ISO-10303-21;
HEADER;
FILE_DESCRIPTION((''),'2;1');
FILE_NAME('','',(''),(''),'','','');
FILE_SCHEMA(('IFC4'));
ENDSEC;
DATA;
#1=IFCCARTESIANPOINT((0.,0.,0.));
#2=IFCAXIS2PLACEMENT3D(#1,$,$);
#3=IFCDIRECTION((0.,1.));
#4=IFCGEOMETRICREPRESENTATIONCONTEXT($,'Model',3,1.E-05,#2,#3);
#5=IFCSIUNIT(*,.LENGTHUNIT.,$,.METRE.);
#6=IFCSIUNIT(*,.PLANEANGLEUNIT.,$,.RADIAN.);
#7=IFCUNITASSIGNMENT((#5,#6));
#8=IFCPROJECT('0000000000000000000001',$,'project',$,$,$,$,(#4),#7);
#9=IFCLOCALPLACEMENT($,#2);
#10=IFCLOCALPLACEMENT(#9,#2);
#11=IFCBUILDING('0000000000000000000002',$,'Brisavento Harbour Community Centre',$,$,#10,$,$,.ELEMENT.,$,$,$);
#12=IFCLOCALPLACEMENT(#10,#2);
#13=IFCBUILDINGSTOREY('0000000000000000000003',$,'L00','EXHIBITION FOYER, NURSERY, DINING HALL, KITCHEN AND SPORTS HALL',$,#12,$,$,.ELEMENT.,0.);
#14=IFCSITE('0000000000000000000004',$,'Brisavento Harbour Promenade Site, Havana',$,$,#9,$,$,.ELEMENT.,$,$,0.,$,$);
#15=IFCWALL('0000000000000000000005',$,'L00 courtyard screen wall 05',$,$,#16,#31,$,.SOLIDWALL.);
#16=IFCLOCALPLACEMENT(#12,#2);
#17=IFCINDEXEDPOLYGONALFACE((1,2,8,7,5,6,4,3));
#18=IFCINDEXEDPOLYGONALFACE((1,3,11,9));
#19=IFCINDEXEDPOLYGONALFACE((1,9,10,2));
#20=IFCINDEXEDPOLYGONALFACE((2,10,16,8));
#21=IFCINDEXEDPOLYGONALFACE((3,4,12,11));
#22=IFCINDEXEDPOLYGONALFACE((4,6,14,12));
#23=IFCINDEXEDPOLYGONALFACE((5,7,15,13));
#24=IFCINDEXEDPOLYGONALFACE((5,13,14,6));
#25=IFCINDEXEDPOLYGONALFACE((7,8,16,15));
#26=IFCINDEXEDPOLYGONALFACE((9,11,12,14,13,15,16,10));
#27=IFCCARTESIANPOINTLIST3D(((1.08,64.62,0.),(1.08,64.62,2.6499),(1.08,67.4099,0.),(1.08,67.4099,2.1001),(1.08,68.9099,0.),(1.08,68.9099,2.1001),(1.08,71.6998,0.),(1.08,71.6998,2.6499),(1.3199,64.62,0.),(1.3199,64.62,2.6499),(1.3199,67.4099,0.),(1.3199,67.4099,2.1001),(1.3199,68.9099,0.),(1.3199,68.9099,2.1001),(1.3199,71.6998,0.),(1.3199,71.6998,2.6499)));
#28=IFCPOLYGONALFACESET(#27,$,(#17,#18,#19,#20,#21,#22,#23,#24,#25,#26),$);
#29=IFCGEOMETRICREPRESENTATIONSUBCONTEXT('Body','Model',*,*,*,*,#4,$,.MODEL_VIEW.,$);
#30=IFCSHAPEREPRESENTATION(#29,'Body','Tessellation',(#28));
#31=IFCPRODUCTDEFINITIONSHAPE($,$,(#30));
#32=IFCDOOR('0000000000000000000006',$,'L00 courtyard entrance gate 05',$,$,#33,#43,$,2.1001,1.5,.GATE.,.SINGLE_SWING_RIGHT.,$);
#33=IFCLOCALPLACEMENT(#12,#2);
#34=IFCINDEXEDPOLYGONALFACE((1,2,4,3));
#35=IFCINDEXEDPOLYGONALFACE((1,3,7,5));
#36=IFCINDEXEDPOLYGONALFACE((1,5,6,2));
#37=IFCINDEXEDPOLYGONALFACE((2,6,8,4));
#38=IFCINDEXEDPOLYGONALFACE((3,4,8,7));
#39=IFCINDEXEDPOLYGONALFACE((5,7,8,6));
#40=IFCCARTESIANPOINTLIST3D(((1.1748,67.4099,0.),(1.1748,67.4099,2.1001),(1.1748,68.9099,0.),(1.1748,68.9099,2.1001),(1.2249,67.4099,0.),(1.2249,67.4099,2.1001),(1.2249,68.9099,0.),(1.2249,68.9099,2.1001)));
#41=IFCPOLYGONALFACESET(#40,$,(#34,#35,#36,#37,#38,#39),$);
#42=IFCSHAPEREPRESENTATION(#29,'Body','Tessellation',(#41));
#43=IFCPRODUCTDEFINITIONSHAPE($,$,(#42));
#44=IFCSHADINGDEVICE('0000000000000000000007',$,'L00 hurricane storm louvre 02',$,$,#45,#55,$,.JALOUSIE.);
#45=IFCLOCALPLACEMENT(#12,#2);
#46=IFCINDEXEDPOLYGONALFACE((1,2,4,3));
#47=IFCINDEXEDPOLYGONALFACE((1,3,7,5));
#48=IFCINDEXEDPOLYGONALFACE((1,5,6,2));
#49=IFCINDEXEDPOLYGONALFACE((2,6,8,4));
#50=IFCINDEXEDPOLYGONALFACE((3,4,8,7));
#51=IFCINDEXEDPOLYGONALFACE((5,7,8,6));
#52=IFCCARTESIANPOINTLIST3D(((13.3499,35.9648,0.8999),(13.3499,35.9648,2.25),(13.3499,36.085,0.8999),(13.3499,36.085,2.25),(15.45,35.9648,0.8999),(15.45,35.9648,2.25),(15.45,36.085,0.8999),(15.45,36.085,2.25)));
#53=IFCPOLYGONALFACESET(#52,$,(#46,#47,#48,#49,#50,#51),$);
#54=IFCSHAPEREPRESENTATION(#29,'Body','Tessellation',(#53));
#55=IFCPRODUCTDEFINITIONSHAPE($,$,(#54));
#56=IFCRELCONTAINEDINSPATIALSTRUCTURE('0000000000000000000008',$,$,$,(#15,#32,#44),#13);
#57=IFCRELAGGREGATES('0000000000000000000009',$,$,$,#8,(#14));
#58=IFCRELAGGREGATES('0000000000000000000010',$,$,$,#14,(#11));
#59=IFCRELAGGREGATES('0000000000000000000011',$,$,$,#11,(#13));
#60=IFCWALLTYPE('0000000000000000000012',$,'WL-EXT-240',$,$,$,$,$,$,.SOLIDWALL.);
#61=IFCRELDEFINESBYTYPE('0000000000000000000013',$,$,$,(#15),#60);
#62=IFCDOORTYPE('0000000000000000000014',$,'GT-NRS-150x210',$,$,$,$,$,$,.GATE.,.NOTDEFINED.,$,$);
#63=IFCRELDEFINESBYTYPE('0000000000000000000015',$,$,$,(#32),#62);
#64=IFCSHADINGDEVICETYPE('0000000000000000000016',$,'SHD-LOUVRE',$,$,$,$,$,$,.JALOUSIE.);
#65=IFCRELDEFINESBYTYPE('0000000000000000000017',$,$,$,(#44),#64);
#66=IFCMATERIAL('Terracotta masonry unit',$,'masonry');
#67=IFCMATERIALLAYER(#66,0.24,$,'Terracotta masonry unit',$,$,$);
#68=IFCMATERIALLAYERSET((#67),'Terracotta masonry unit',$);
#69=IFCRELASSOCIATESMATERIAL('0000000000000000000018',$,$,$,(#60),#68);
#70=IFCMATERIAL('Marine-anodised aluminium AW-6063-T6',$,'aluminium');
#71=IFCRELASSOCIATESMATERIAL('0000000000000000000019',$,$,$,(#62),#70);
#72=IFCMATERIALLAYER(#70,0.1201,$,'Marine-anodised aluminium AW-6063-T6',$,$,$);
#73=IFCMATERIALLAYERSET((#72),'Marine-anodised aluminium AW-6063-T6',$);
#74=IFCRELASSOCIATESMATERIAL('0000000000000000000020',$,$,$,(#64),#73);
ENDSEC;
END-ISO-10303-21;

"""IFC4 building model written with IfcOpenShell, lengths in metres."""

from ifc_helpers import new_model, si_unit, direction, frame, frame_2d, origin, origin_2d, place, context, subcontext, project, spatial, rectangle, extrude, material, layer, layer_set, type_object, element, fill, save


model = new_model("IFC4")

# Units and contexts
model_context = context("Model", 3, precision=1e-05, world=origin(), true_north=direction((0.0, 1.0)))
body_context = subcontext(model_context, "Body", "Model", "MODEL_VIEW")
ifc_project = project(units=[si_unit("LENGTHUNIT", "METRE"), si_unit("PLANEANGLEUNIT", "RADIAN")], contexts=[model_context])

# Site, building, storey
site_placement = place(None, origin())
site = spatial("IfcSite", under=ifc_project, at=site_placement, Name="Brisavento Harbour Promenade Site, Havana", CompositionType="ELEMENT", RefElevation=0.0)
building_placement = place(site_placement, origin())
building = spatial("IfcBuilding", under=site, at=building_placement, Name="Brisavento Harbour Community Centre", CompositionType="ELEMENT")
storey_placement = place(building_placement, origin())
storey = spatial("IfcBuildingStorey", under=building, at=storey_placement, Name="L00", Description="EXHIBITION FOYER, NURSERY, DINING HALL, KITCHEN AND SPORTS HALL", CompositionType="ELEMENT", Elevation=0.0)

# Wall, opening, door
ifc_material_1 = material(Name="Terracotta masonry unit", Category="masonry")
ifc_layer_1 = layer(ifc_material_1, 0.24, Name="Terracotta masonry unit")
ifc_layer_set_1 = layer_set([ifc_layer_1], Name="Terracotta masonry unit")
wall_type = type_object("IfcWallType", Name="WL-EXT-240", PredefinedType="SOLIDWALL", material=ifc_layer_set_1)
ifc_material_2 = material(Name="Marine-anodised aluminium AW-6063-T6", Category="aluminium")
door_type_1 = type_object("IfcDoorType", Name="GT-NRS-150x210", OperationType="NOTDEFINED", PredefinedType="GATE", material=ifc_material_2)
wall_1_placement = place(storey_placement, frame((1.2, 71.7, 0.0), z_axis=(0.0, 0.0, 1.0), x_axis=(0.0, -1.0, 0.0)))
wall_1 = element("IfcWall", 1, at=wall_1_placement, inside=storey, type_object=wall_type, Name="L00 courtyard screen wall 05", PredefinedType="SOLIDWALL", context=body_context, shape_type="SweptSolid", body=[
    extrude(rectangle(XDim=7.0798, YDim=0.24, at=frame_2d((3.54, 0.0))), origin(), (0.0, 0.0, 1.0), 2.6499),
])
opening_1_placement = place(wall_1_placement, frame((2.79, 0.0, 0.0)))
opening_1 = element("IfcOpeningElement", 2, at=opening_1_placement, cuts=wall_1, PredefinedType="OPENING", context=body_context, shape_type="SweptSolid", body=[
    extrude(rectangle(XDim=1.5, YDim=2.1001, at=frame_2d((0.75, 1.05))), frame((0.0, 0.1299, 0.0), z_axis=(0.0, -1.0, 0.0), x_axis=(1.0, 0.0, 0.0)), (0.0, 0.0, 1.0), 0.26),
])
door_1_placement = place(opening_1_placement, origin())
door_1 = element("IfcDoor", 3, at=door_1_placement, inside=storey, type_object=door_type_1, Name="L00 courtyard entrance gate 05", OperationType="SINGLE_SWING_RIGHT", OverallHeight=2.1001, OverallWidth=1.5, PredefinedType="GATE", context=body_context, shape_type="SweptSolid", body=[
    extrude(rectangle(XDim=1.5, YDim=2.1001, at=frame_2d((0.75, 1.05))), frame((0.0, 0.0249, 0.0), z_axis=(0.0, -1.0, 0.0), x_axis=(1.0, 0.0, 0.0)), (0.0, 0.0, 1.0), 0.05),
])
fill(opening_1, door_1)

# Shading device
ifc_layer_2 = layer(ifc_material_2, 0.1201, Name="Marine-anodised aluminium AW-6063-T6")
ifc_layer_set_2 = layer_set([ifc_layer_2], Name="Marine-anodised aluminium AW-6063-T6")
shading_device_type = type_object("IfcShadingDeviceType", Name="SHD-LOUVRE", PredefinedType="JALOUSIE", material=ifc_layer_set_2)
shading_device_placement = place(storey_placement, frame((14.3999, 36.0249, 0.8999), z_axis=(0.0, 0.0, 1.0), x_axis=(1.0, 0.0, 0.0)))
element("IfcShadingDevice", 4, at=shading_device_placement, inside=storey, type_object=shading_device_type, Name="L00 hurricane storm louvre 02", PredefinedType="JALOUSIE", context=body_context, shape_type="SweptSolid", body=[
    extrude(rectangle(XDim=2.1001, YDim=0.1201, at=origin_2d()), origin(), (0.0, 0.0, 1.0), 1.3501),
])

save(model, "model.ifc")
